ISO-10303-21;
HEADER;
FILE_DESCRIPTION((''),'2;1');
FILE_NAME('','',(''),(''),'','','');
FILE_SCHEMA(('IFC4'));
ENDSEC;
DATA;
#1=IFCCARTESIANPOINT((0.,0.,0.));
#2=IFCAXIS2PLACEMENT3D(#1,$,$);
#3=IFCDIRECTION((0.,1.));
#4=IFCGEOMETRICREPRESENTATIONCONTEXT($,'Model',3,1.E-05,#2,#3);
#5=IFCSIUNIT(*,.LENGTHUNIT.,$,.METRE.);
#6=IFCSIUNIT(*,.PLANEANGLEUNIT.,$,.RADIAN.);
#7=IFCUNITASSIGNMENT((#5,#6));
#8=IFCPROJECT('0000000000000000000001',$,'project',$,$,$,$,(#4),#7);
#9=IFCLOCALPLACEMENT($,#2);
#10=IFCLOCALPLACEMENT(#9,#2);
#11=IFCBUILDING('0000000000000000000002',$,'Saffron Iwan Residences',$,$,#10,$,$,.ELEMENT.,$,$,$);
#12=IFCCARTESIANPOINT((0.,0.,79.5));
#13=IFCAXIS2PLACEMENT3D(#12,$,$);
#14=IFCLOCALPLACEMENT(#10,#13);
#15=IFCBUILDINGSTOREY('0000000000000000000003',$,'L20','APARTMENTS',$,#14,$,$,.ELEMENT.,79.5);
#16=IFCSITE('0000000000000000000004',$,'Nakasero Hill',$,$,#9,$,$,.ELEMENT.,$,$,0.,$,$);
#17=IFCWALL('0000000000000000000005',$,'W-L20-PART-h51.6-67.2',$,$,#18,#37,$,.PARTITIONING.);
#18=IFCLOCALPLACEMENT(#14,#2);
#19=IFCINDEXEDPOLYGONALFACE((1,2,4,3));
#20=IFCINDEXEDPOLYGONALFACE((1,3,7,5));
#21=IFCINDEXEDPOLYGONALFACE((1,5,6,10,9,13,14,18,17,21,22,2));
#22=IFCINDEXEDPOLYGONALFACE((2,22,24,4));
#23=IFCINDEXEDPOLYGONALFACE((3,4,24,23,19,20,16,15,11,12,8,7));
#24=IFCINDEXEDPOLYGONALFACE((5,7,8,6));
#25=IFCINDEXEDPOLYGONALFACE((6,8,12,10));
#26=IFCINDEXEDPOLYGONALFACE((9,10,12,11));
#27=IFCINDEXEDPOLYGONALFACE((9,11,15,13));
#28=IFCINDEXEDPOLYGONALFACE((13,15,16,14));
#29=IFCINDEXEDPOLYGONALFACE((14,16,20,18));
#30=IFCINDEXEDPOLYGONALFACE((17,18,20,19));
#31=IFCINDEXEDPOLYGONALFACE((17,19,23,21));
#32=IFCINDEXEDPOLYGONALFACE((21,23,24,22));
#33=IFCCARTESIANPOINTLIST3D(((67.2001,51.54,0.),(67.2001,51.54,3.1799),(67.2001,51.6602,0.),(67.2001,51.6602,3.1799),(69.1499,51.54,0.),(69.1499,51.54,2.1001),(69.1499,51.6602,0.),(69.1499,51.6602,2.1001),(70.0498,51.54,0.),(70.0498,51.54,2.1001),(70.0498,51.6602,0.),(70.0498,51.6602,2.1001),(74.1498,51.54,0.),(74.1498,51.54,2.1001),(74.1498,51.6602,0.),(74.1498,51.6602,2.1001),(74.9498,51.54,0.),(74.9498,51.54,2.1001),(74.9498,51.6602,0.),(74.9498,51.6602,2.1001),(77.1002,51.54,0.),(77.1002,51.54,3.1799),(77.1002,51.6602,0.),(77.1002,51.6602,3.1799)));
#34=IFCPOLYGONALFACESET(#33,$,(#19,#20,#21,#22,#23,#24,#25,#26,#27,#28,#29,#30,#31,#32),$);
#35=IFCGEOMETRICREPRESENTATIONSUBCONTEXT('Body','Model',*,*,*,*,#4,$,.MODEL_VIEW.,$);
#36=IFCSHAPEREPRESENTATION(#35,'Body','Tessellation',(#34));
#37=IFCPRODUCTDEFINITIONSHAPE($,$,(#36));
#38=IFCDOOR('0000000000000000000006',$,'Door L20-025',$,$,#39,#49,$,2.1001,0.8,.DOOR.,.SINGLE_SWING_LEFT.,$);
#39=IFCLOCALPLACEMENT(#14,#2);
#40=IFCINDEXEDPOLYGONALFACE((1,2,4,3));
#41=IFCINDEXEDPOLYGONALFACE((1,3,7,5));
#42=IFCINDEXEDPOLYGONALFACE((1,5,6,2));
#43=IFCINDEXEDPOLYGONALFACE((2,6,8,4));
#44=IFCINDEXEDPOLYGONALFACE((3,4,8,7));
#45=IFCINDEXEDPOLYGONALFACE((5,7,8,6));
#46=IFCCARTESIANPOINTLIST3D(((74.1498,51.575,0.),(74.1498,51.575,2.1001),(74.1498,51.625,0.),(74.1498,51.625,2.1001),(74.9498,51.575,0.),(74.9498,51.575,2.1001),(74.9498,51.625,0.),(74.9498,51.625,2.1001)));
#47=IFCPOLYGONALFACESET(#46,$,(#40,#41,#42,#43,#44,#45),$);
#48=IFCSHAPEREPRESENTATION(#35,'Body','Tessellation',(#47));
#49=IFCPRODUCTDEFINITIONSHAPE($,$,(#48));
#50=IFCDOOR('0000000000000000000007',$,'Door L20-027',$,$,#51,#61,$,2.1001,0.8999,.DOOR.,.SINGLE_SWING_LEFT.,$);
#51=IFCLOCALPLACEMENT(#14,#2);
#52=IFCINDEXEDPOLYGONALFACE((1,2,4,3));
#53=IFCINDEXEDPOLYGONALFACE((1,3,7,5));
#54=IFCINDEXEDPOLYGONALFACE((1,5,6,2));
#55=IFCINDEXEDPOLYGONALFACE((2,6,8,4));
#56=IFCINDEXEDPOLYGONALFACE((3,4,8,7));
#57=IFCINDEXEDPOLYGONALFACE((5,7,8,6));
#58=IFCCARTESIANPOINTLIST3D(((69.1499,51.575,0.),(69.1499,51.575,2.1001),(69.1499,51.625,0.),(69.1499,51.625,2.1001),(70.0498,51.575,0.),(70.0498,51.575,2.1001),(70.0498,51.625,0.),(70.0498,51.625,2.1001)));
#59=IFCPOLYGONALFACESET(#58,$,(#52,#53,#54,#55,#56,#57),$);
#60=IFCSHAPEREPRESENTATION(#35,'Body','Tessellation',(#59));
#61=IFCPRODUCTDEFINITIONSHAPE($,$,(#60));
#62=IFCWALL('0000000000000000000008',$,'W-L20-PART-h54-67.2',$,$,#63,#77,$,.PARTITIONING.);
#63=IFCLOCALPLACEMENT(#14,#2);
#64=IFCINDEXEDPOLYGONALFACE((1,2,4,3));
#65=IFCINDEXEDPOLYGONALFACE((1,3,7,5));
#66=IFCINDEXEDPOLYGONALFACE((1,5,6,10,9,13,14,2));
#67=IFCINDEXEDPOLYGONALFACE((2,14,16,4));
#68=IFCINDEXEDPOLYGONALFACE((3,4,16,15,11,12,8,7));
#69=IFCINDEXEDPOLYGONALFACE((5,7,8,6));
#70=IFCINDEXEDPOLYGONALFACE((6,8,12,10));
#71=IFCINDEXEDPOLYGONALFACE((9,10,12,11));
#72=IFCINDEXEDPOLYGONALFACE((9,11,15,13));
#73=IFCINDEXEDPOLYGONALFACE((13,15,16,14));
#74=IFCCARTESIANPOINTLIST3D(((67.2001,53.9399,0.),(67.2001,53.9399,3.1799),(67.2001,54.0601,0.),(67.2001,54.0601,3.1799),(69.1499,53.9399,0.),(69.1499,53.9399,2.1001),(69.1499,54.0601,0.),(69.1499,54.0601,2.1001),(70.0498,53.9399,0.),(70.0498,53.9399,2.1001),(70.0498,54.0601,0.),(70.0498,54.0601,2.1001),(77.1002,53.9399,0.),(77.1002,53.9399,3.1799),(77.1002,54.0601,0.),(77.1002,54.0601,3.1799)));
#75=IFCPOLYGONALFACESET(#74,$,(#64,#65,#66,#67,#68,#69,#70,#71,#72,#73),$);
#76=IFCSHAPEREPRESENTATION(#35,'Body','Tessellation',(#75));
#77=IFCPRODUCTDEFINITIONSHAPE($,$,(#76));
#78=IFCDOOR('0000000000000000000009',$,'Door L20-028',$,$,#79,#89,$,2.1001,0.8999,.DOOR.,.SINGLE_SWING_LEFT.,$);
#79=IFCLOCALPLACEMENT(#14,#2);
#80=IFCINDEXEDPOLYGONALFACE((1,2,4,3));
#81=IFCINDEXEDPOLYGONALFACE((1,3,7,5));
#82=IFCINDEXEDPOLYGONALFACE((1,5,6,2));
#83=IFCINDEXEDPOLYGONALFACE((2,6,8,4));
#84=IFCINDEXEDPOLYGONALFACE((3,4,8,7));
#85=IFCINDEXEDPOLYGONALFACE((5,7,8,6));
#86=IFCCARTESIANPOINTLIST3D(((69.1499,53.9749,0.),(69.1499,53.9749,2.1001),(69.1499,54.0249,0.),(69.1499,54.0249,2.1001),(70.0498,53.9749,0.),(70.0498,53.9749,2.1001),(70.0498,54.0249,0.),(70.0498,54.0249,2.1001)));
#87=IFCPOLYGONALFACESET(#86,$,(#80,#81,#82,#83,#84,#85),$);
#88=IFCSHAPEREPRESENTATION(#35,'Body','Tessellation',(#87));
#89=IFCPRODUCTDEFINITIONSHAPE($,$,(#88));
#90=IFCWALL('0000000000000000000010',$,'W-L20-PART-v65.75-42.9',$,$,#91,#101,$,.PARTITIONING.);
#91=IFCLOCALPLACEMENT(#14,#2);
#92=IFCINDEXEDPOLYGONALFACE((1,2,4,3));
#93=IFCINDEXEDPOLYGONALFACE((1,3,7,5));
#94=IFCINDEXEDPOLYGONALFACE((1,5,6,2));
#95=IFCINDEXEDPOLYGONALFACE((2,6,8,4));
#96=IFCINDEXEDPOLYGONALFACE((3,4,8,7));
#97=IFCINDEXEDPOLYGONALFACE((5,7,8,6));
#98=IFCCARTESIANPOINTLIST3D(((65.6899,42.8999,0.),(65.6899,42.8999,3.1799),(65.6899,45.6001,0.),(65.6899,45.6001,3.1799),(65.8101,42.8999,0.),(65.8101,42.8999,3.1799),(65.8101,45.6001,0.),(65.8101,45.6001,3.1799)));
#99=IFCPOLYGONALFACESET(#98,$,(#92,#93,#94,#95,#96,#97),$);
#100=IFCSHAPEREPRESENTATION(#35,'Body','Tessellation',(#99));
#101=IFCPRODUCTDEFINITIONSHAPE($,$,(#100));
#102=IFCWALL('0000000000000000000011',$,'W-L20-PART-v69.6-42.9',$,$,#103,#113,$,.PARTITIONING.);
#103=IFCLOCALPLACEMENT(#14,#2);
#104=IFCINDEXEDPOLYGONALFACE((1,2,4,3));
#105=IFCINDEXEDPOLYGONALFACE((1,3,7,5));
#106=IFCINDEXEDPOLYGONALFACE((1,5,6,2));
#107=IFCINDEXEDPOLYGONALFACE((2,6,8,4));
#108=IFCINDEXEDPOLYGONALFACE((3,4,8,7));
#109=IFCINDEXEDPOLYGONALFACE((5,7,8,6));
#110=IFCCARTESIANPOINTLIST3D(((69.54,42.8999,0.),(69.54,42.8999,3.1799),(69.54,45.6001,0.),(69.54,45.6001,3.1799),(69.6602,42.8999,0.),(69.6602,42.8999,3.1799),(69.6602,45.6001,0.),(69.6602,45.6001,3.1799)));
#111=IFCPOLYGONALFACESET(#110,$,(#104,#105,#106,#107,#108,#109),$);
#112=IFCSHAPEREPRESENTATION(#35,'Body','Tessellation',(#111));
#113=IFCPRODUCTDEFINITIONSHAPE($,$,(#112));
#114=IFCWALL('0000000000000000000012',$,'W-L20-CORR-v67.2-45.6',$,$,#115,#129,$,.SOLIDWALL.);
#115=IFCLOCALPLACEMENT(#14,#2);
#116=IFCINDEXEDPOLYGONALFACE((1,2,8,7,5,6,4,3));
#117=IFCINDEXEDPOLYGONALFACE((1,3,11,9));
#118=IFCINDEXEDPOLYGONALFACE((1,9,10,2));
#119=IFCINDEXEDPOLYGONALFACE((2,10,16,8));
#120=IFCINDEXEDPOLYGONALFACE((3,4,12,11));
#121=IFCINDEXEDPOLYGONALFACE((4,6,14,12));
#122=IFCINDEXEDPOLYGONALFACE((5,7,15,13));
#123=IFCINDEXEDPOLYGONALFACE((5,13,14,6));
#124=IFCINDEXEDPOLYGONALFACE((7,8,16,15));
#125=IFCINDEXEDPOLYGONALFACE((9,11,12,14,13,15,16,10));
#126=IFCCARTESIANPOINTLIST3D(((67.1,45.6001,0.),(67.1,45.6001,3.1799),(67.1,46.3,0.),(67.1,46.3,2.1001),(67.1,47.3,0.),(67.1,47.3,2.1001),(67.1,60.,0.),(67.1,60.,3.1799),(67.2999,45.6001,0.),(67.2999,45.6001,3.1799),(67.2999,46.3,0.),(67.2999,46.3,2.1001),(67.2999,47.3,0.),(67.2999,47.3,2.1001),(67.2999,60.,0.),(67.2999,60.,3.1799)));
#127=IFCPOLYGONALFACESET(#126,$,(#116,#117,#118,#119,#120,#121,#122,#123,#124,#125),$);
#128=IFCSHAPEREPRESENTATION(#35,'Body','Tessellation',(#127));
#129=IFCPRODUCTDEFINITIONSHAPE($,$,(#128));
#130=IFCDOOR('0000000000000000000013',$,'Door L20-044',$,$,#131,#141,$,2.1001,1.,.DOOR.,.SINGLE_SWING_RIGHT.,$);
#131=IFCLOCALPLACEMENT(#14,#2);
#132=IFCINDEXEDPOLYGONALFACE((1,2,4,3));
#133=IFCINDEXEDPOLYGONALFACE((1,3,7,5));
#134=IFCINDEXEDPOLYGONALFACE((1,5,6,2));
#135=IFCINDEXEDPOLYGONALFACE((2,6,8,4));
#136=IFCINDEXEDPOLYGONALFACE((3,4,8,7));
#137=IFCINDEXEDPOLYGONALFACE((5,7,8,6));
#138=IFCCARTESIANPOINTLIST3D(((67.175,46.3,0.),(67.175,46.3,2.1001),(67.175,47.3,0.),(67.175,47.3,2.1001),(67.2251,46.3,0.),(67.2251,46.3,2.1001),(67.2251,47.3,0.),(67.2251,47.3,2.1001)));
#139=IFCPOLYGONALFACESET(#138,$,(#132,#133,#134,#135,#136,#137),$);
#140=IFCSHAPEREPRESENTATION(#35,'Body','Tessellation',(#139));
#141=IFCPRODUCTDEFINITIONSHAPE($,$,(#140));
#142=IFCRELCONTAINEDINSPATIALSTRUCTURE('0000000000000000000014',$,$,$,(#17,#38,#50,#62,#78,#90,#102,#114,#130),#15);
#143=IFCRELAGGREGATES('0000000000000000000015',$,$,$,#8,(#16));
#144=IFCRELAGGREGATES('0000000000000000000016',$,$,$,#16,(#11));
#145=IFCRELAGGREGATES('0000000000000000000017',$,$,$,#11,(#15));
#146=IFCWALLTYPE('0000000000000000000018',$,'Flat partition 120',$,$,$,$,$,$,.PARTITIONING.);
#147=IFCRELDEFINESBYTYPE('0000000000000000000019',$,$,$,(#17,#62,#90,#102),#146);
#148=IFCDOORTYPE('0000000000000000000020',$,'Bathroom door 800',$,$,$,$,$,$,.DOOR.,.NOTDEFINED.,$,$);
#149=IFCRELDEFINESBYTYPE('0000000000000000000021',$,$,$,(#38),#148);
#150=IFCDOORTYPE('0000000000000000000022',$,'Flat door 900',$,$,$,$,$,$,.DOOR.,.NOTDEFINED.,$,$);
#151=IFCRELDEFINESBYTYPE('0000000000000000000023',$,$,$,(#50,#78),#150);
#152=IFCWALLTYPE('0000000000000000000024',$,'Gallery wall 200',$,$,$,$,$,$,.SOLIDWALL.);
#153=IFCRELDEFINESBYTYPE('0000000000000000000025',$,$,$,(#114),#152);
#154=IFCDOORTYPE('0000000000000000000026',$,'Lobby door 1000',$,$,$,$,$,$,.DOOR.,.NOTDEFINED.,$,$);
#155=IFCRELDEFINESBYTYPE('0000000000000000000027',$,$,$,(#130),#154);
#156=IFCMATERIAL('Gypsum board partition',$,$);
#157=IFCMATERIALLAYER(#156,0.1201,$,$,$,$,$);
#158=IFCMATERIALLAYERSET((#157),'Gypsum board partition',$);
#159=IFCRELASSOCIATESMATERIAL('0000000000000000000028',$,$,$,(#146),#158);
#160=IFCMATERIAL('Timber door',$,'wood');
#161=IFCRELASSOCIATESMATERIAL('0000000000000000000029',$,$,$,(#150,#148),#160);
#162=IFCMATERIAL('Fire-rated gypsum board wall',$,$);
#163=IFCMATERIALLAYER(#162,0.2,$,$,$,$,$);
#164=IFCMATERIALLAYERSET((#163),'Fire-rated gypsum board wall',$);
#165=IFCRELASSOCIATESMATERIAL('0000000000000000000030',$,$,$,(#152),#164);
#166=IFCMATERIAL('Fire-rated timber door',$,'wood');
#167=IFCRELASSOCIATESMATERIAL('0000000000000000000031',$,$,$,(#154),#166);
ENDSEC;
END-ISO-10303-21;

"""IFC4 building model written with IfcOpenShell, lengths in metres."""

from ifc_helpers import new_model, si_unit, direction, frame, frame_2d, origin, place, context, subcontext, project, spatial, rectangle, extrude, material, layer, layer_set, type_object, element, fill, save


model = new_model("IFC4")

# Units and contexts
model_context = context("Model", 3, precision=1e-05, world=origin(), true_north=direction((0.0, 1.0)))
body_context = subcontext(model_context, "Body", "Model", "MODEL_VIEW")
ifc_project = project(units=[si_unit("LENGTHUNIT", "METRE"), si_unit("PLANEANGLEUNIT", "RADIAN")], contexts=[model_context])

# Site, building, storey
site_placement = place(None, origin())
site = spatial("IfcSite", under=ifc_project, at=site_placement, Name="Nakasero Hill", CompositionType="ELEMENT", RefElevation=0.0)
building_placement = place(site_placement, origin())
building = spatial("IfcBuilding", under=site, at=building_placement, Name="Saffron Iwan Residences", CompositionType="ELEMENT")
storey_placement = place(building_placement, frame((0.0, 0.0, 79.5)))
storey = spatial("IfcBuildingStorey", under=building, at=storey_placement, Name="L20", Description="APARTMENTS", CompositionType="ELEMENT", Elevation=79.5)

# Shared definitions
ifc_material_1 = material(Name="Fire-rated gypsum board wall")

# Shared definitions
ifc_material_2 = material(Name="Gypsum board partition")
ifc_layer_1 = layer(ifc_material_2, 0.1201)
ifc_layer_set_1 = layer_set([ifc_layer_1], Name="Gypsum board partition")
wall_type_1 = type_object("IfcWallType", Name="Flat partition 120", PredefinedType="PARTITIONING", material=ifc_layer_set_1)
ifc_material_3 = material(Name="Timber door", Category="wood")
door_type_1 = type_object("IfcDoorType", Name="Flat door 900", OperationType="NOTDEFINED", PredefinedType="DOOR", material=ifc_material_3)

# Wall, openings, doors
wall_1_placement = place(storey_placement, frame((67.2, 51.6001, 0.0), z_axis=(0.0, 0.0, 1.0), x_axis=(1.0, 0.0, 0.0)))
wall_1 = element("IfcWall", 1, at=wall_1_placement, inside=storey, type_object=wall_type_1, Name="W-L20-PART-h51.6-67.2", PredefinedType="PARTITIONING", context=body_context, shape_type="SweptSolid", body=[
    extrude(rectangle(XDim=9.9001, YDim=0.1201, at=frame_2d((4.9502, 0.0))), origin(), (0.0, 0.0, 1.0), 3.1799),
])
opening_1_placement = place(wall_1_placement, frame((6.95, 0.0, 0.0)))
opening_1 = element("IfcOpeningElement", 2, at=opening_1_placement, cuts=wall_1, PredefinedType="OPENING", context=body_context, shape_type="SweptSolid", body=[
    extrude(rectangle(XDim=0.8, YDim=2.1001, at=frame_2d((0.3999, 1.05))), frame((0.0, 0.0701, 0.0), z_axis=(0.0, -1.0, 0.0), x_axis=(1.0, 0.0, 0.0)), (0.0, 0.0, 1.0), 0.1401),
])
opening_2_placement = place(wall_1_placement, frame((1.95, 0.0, 0.0)))
opening_2 = element("IfcOpeningElement", 3, at=opening_2_placement, cuts=wall_1, PredefinedType="OPENING", context=body_context, shape_type="SweptSolid", body=[
    extrude(rectangle(XDim=0.8999, YDim=2.1001, at=frame_2d((0.45, 1.05))), frame((0.0, 0.0701, 0.0), z_axis=(0.0, -1.0, 0.0), x_axis=(1.0, 0.0, 0.0)), (0.0, 0.0, 1.0), 0.1401),
])
door_type_2 = type_object("IfcDoorType", Name="Bathroom door 800", OperationType="NOTDEFINED", PredefinedType="DOOR", material=ifc_material_3)
door_1_placement = place(opening_1_placement, origin())
door_1 = element("IfcDoor", 4, at=door_1_placement, inside=storey, type_object=door_type_2, Name="Door L20-025", OperationType="SINGLE_SWING_LEFT", OverallHeight=2.1001, OverallWidth=0.8, PredefinedType="DOOR", context=body_context, shape_type="SweptSolid", body=[
    extrude(rectangle(XDim=0.8, YDim=2.1001, at=frame_2d((0.3999, 1.05))), frame((0.0, 0.0249, 0.0), z_axis=(0.0, -1.0, 0.0), x_axis=(1.0, 0.0, 0.0)), (0.0, 0.0, 1.0), 0.05),
])
fill(opening_1, door_1)
door_2_placement = place(opening_2_placement, origin())
door_2 = element("IfcDoor", 5, at=door_2_placement, inside=storey, type_object=door_type_1, Name="Door L20-027", OperationType="SINGLE_SWING_LEFT", OverallHeight=2.1001, OverallWidth=0.8999, PredefinedType="DOOR", context=body_context, shape_type="SweptSolid", body=[
    extrude(rectangle(XDim=0.8999, YDim=2.1001, at=frame_2d((0.45, 1.05))), frame((0.0, 0.0249, 0.0), z_axis=(0.0, -1.0, 0.0), x_axis=(1.0, 0.0, 0.0)), (0.0, 0.0, 1.0), 0.05),
])
fill(opening_2, door_2)

# Wall, opening, door
wall_2_placement = place(storey_placement, frame((67.2, 54.0, 0.0), z_axis=(0.0, 0.0, 1.0), x_axis=(1.0, 0.0, 0.0)))
wall_2 = element("IfcWall", 6, at=wall_2_placement, inside=storey, type_object=wall_type_1, Name="W-L20-PART-h54-67.2", PredefinedType="PARTITIONING", context=body_context, shape_type="SweptSolid", body=[
    extrude(rectangle(XDim=9.9001, YDim=0.1201, at=frame_2d((4.9502, 0.0))), origin(), (0.0, 0.0, 1.0), 3.1799),
])
opening_3_placement = place(wall_2_placement, frame((1.95, 0.0, 0.0)))
opening_3 = element("IfcOpeningElement", 7, at=opening_3_placement, cuts=wall_2, PredefinedType="OPENING", context=body_context, shape_type="SweptSolid", body=[
    extrude(rectangle(XDim=0.8999, YDim=2.1001, at=frame_2d((0.45, 1.05))), frame((0.0, 0.0701, 0.0), z_axis=(0.0, -1.0, 0.0), x_axis=(1.0, 0.0, 0.0)), (0.0, 0.0, 1.0), 0.1401),
])
door_3_placement = place(opening_3_placement, origin())
door_3 = element("IfcDoor", 8, at=door_3_placement, inside=storey, type_object=door_type_1, Name="Door L20-028", OperationType="SINGLE_SWING_LEFT", OverallHeight=2.1001, OverallWidth=0.8999, PredefinedType="DOOR", context=body_context, shape_type="SweptSolid", body=[
    extrude(rectangle(XDim=0.8999, YDim=2.1001, at=frame_2d((0.45, 1.05))), frame((0.0, 0.0249, 0.0), z_axis=(0.0, -1.0, 0.0), x_axis=(1.0, 0.0, 0.0)), (0.0, 0.0, 1.0), 0.05),
])
fill(opening_3, door_3)

# Walls
for number, where, z_axis, x_axis, name in (
    (9, (65.75, 42.8999, 0.0), (0.0, 0.0, 1.0), (0.0, 1.0, 0.0), "W-L20-PART-v65.75-42.9"),
    (10, (69.6001, 42.8999, 0.0), (0.0, 0.0, 1.0), (0.0, 1.0, 0.0), "W-L20-PART-v69.6-42.9"),
):
    element("IfcWall", number, at=place(storey_placement, frame(where, z_axis=z_axis, x_axis=x_axis)), inside=storey, type_object=wall_type_1, Name=name, PredefinedType="PARTITIONING", context=body_context, shape_type="SweptSolid", body=[
        extrude(rectangle(XDim=2.7002, YDim=0.1201, at=frame_2d((1.3501, 0.0))), origin(), (0.0, 0.0, 1.0), 3.1799),
    ])

# Wall, opening, door
ifc_layer_2 = layer(ifc_material_1, 0.2)
ifc_layer_set_2 = layer_set([ifc_layer_2], Name="Fire-rated gypsum board wall")
wall_type_2 = type_object("IfcWallType", Name="Gallery wall 200", PredefinedType="SOLIDWALL", material=ifc_layer_set_2)
wall_3_placement = place(storey_placement, frame((67.2, 45.6001, 0.0), z_axis=(0.0, 0.0, 1.0), x_axis=(0.0, 1.0, 0.0)))
wall_3 = element("IfcWall", 11, at=wall_3_placement, inside=storey, type_object=wall_type_2, Name="W-L20-CORR-v67.2-45.6", PredefinedType="SOLIDWALL", context=body_context, shape_type="SweptSolid", body=[
    extrude(rectangle(XDim=14.3999, YDim=0.2, at=frame_2d((7.2, 0.0))), origin(), (0.0, 0.0, 1.0), 3.1799),
])
opening_4_placement = place(wall_3_placement, frame((0.7, 0.0, 0.0)))
opening_4 = element("IfcOpeningElement", 12, at=opening_4_placement, cuts=wall_3, PredefinedType="OPENING", context=body_context, shape_type="SweptSolid", body=[
    extrude(rectangle(XDim=1.0, YDim=2.1001, at=frame_2d((0.5, 1.05))), frame((0.0, 0.1099, 0.0), z_axis=(0.0, -1.0, 0.0), x_axis=(1.0, 0.0, 0.0)), (0.0, 0.0, 1.0), 0.22),
])
ifc_material_4 = material(Name="Fire-rated timber door", Category="wood")
door_type_3 = type_object("IfcDoorType", Name="Lobby door 1000", OperationType="NOTDEFINED", PredefinedType="DOOR", material=ifc_material_4)
door_4_placement = place(opening_4_placement, origin())
door_4 = element("IfcDoor", 13, at=door_4_placement, inside=storey, type_object=door_type_3, Name="Door L20-044", OperationType="SINGLE_SWING_RIGHT", OverallHeight=2.1001, OverallWidth=1.0, PredefinedType="DOOR", context=body_context, shape_type="SweptSolid", body=[
    extrude(rectangle(XDim=1.0, YDim=2.1001, at=frame_2d((0.5, 1.05))), frame((0.0, 0.0249, 0.0), z_axis=(0.0, -1.0, 0.0), x_axis=(1.0, 0.0, 0.0)), (0.0, 0.0, 1.0), 0.05),
])
fill(opening_4, door_4)

save(model, "model.ifc")
